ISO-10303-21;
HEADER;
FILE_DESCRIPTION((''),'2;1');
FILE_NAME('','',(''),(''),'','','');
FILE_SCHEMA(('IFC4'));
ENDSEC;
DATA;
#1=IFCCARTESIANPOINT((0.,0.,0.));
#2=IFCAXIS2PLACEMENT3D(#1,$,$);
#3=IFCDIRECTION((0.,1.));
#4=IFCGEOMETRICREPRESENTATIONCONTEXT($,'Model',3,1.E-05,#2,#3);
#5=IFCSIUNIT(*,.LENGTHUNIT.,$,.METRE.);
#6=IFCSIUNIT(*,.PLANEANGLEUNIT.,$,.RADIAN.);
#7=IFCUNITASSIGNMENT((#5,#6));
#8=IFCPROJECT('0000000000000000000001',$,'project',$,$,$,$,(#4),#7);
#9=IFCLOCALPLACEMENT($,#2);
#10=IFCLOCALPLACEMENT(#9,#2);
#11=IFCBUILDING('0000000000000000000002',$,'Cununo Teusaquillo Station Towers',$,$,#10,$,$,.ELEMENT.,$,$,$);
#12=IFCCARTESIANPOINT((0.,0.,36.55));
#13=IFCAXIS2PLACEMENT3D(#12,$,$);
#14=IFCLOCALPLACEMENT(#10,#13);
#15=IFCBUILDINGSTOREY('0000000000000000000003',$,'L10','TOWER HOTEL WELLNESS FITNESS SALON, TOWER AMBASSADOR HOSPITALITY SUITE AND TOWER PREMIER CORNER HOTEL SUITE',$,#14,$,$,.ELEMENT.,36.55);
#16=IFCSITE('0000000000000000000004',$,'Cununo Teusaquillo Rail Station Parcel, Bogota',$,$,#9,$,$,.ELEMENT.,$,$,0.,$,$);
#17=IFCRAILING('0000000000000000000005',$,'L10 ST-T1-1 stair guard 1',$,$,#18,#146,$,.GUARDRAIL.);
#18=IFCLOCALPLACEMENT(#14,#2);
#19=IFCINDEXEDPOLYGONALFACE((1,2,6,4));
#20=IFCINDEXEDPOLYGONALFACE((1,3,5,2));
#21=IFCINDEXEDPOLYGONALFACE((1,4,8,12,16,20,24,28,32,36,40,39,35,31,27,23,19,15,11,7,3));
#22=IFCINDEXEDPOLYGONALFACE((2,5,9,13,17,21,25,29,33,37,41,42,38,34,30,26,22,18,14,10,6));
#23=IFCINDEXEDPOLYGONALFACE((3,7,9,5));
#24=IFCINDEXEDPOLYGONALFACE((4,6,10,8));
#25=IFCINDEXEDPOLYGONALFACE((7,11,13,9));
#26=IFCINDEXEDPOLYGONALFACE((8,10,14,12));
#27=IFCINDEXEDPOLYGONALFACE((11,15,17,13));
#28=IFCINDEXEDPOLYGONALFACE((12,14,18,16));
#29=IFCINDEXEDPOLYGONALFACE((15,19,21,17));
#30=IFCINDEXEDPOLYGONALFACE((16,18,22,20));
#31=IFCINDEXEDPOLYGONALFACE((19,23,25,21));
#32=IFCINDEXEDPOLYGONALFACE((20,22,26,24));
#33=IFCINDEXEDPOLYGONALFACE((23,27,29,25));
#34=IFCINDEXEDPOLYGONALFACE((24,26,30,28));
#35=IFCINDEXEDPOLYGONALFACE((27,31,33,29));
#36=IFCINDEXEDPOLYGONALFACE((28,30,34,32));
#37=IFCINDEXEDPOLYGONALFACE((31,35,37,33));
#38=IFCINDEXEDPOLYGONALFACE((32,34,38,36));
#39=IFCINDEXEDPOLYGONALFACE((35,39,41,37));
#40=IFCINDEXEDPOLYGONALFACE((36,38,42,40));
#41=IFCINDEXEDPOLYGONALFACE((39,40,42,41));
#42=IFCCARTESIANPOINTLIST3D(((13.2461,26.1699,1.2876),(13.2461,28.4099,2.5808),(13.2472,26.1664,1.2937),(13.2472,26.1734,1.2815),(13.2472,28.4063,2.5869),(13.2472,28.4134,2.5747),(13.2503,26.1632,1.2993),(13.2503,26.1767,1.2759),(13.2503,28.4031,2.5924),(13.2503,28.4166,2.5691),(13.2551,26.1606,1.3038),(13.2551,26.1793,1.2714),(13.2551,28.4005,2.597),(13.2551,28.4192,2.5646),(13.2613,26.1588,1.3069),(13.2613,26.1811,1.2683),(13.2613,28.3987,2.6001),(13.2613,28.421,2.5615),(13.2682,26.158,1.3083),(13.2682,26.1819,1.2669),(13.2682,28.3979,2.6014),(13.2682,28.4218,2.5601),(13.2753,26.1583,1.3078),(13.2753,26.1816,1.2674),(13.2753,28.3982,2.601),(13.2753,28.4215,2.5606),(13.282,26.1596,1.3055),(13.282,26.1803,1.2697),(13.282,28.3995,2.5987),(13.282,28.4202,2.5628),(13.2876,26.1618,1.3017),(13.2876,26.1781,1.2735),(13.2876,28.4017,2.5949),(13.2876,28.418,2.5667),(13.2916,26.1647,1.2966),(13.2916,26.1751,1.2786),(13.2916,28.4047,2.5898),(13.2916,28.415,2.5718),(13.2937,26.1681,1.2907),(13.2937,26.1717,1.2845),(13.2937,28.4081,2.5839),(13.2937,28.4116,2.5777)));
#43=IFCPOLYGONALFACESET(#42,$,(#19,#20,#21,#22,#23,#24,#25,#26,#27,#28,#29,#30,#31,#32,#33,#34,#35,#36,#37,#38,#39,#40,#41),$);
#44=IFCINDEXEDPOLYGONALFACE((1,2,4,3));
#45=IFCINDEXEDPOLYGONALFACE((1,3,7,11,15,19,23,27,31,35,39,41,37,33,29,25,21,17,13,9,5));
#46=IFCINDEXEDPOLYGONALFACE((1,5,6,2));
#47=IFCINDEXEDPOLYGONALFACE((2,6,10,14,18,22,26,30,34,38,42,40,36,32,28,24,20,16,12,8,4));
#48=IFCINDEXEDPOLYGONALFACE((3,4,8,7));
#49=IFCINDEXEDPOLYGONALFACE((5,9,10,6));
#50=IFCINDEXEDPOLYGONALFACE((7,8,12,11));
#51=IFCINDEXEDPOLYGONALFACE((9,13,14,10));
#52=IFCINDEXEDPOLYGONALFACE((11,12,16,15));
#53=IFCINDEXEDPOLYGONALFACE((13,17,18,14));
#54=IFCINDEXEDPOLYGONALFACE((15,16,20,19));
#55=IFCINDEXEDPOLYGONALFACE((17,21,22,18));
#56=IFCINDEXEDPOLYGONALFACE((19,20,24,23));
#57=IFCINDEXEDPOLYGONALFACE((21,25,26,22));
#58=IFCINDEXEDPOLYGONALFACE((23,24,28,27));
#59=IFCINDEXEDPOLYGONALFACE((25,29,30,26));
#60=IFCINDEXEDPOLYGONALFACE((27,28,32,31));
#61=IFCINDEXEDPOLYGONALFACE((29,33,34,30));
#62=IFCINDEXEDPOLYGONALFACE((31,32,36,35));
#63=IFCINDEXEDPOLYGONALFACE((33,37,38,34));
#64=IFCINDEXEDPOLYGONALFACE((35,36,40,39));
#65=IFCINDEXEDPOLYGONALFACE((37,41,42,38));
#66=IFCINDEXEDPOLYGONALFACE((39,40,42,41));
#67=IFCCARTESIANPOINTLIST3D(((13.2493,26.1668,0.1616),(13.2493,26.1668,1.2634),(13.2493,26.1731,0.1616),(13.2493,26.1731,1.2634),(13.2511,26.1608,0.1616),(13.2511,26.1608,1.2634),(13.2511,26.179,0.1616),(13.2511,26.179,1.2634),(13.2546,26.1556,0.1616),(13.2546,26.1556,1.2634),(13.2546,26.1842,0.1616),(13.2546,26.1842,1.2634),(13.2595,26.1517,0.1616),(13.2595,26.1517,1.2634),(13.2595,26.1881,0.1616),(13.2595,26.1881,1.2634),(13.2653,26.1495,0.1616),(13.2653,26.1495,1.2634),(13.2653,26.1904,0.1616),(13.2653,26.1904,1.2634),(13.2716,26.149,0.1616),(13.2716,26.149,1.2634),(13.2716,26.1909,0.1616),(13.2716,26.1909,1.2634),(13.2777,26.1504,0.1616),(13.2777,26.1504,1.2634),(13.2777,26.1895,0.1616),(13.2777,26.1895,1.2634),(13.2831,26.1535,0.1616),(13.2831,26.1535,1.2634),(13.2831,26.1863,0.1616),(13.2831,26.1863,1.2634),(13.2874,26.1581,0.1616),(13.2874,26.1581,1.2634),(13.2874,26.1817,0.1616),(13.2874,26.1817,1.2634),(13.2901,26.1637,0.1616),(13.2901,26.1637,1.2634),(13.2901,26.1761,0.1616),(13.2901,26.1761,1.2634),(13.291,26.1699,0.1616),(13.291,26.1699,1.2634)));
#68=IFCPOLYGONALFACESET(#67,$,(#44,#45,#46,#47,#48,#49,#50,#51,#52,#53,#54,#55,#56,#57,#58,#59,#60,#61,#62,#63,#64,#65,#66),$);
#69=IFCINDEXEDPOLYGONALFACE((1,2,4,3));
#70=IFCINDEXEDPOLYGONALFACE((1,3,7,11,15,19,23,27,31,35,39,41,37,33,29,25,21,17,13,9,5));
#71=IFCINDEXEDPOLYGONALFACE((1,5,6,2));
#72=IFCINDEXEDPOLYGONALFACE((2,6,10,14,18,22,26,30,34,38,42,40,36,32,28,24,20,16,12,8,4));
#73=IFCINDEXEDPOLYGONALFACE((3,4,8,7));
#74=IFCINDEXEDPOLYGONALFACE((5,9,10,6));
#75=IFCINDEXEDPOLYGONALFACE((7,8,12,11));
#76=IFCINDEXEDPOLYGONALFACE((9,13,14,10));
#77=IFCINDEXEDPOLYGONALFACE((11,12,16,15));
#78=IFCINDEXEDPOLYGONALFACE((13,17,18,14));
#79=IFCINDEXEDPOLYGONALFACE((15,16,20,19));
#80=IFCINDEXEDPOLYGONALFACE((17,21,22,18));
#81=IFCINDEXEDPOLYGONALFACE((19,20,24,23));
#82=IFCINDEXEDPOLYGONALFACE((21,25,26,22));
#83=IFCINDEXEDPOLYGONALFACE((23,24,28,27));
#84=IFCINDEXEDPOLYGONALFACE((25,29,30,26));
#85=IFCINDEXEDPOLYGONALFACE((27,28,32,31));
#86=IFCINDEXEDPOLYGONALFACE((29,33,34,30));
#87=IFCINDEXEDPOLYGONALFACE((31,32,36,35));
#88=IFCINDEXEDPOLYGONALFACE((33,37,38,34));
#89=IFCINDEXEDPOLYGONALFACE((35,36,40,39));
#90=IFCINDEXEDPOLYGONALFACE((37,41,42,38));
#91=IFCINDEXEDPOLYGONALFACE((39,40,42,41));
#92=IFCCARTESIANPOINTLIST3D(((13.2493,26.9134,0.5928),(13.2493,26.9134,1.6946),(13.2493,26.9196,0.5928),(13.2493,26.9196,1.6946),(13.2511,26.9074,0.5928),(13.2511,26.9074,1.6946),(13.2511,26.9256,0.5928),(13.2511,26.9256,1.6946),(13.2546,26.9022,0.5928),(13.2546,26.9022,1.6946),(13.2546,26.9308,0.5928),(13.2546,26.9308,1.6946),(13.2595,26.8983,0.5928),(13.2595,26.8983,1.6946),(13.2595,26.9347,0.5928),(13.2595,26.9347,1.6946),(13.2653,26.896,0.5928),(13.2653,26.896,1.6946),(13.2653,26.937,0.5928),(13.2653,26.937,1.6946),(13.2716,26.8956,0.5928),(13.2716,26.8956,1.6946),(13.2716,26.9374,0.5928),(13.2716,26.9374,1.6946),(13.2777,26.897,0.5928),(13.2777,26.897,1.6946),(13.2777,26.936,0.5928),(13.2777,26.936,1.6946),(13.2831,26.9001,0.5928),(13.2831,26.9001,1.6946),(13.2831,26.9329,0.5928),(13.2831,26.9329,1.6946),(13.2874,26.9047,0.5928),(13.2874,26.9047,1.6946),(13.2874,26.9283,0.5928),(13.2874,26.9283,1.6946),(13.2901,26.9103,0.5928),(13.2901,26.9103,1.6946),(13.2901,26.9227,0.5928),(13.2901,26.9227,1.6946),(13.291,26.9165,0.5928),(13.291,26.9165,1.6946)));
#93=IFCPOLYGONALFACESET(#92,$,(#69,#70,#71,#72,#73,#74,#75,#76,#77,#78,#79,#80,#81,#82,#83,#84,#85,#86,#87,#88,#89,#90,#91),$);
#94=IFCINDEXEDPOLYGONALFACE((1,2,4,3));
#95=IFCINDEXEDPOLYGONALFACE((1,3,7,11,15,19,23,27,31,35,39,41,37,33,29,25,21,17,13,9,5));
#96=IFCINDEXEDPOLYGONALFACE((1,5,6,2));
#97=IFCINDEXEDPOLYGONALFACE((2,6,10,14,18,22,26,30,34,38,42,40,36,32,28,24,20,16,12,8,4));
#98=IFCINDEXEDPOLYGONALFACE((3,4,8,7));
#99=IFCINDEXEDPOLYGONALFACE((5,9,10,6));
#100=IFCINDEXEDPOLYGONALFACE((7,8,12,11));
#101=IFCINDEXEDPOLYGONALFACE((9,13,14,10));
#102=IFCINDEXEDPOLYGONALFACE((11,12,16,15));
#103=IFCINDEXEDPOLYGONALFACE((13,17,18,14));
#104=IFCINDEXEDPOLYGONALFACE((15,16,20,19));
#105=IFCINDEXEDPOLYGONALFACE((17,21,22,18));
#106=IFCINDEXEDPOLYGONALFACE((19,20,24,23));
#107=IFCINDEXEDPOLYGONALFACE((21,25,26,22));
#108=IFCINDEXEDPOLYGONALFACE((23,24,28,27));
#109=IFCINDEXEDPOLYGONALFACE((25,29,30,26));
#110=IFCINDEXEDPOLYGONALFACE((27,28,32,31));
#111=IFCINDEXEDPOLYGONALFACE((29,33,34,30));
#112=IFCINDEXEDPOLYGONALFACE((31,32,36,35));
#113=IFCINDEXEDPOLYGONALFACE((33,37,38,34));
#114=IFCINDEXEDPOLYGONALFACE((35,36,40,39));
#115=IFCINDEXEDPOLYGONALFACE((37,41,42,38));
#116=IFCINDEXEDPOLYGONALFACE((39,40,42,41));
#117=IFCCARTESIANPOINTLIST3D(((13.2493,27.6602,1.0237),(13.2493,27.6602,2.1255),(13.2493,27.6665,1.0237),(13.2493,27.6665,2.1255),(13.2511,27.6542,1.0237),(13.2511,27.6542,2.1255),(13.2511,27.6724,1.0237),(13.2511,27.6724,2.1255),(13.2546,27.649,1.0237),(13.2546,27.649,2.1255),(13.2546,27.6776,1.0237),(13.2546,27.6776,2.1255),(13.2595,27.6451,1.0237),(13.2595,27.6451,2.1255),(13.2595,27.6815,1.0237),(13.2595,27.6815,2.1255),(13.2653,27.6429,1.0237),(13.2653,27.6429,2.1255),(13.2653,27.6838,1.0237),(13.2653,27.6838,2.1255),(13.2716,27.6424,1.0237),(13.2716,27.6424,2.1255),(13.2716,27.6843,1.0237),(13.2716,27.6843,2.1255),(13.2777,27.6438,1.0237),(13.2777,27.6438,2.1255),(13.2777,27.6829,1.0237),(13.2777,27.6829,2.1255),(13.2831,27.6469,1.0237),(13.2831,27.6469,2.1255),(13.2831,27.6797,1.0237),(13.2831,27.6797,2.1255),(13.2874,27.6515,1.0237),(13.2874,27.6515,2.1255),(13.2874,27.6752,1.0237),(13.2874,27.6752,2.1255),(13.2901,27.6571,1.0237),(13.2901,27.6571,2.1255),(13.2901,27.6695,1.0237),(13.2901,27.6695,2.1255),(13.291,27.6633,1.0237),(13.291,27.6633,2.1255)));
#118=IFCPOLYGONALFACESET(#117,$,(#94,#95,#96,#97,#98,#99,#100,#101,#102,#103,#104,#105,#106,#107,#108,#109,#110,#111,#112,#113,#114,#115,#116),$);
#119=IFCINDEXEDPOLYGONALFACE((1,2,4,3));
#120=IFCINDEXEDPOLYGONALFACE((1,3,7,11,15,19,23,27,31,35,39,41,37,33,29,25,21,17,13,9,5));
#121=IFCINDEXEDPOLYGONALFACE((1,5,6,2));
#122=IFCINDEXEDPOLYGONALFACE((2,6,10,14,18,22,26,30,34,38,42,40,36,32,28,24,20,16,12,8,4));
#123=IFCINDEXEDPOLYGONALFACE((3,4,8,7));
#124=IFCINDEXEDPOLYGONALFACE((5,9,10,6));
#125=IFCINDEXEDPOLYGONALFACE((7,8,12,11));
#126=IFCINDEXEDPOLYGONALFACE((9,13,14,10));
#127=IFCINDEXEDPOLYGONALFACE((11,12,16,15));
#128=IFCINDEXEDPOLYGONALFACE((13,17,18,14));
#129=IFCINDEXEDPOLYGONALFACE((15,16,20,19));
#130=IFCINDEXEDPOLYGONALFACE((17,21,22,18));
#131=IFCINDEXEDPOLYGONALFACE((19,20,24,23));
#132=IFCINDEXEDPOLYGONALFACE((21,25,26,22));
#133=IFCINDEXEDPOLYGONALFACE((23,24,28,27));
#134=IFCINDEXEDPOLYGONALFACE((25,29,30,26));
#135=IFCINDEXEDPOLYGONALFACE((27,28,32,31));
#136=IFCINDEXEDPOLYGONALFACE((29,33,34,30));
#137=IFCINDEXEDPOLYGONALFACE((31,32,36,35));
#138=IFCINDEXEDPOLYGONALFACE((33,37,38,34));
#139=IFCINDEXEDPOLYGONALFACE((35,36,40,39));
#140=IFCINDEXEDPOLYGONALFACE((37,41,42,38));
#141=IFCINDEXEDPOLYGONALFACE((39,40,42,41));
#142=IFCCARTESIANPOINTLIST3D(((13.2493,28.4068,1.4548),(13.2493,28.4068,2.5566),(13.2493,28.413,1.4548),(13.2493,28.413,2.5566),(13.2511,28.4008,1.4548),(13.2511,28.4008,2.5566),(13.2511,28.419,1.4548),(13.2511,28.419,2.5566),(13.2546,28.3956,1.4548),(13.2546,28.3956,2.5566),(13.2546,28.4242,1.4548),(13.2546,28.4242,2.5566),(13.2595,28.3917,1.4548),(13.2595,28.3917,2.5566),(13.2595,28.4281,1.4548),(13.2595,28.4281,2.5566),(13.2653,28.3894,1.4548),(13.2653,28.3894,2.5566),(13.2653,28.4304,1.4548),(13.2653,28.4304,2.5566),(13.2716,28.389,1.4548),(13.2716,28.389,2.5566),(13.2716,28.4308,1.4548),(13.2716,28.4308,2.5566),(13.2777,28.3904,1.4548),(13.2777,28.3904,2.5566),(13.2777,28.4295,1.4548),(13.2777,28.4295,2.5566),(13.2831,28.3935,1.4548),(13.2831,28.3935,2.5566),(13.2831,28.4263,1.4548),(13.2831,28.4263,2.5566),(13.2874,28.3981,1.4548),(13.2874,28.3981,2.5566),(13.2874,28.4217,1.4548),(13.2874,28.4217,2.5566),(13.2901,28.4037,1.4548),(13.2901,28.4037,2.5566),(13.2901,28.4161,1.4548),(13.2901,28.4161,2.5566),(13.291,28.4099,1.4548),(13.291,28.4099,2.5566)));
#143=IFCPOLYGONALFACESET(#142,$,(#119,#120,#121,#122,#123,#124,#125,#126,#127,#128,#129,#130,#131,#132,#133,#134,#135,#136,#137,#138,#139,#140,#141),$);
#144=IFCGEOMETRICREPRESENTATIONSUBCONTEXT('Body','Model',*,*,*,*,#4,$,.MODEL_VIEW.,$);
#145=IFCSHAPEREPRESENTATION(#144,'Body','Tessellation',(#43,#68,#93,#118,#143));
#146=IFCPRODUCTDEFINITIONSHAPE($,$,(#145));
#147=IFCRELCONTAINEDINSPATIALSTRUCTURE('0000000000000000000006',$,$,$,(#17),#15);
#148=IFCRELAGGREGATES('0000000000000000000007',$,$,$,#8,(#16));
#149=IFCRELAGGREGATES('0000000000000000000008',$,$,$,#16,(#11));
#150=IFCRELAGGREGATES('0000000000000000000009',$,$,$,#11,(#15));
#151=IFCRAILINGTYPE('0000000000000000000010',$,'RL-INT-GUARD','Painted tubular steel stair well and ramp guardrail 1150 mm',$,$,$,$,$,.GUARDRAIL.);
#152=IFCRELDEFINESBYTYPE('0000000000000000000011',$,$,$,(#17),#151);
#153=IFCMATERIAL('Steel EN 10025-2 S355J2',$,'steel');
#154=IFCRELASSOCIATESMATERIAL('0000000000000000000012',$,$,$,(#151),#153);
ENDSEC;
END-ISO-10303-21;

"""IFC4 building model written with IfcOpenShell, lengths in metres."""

from ifc_helpers import new_model, si_unit, direction, frame, origin, origin_2d, place, context, subcontext, project, spatial, circle, extrude, material, type_object, element, save


model = new_model("IFC4")

# Units and contexts
model_context = context("Model", 3, precision=1e-05, world=origin(), true_north=direction((0.0, 1.0)))
body_context = subcontext(model_context, "Body", "Model", "MODEL_VIEW")
ifc_project = project(units=[si_unit("LENGTHUNIT", "METRE"), si_unit("PLANEANGLEUNIT", "RADIAN")], contexts=[model_context])

# Site, building, storey
site_placement = place(None, origin())
site = spatial("IfcSite", under=ifc_project, at=site_placement, Name="Cununo Teusaquillo Rail Station Parcel, Bogota", CompositionType="ELEMENT", RefElevation=0.0)
building_placement = place(site_placement, origin())
building = spatial("IfcBuilding", under=site, at=building_placement, Name="Cununo Teusaquillo Station Towers", CompositionType="ELEMENT")
storey_placement = place(building_placement, frame((0.0, 0.0, 36.55)))
storey = spatial("IfcBuildingStorey", under=building, at=storey_placement, Name="L10", Description="TOWER HOTEL WELLNESS FITNESS SALON, TOWER AMBASSADOR HOSPITALITY SUITE AND TOWER PREMIER CORNER HOTEL SUITE", CompositionType="ELEMENT", Elevation=36.55)

# Railing
ifc_material_1 = material(Name="Steel EN 10025-2 S355J2", Category="steel")
railing_type_1 = type_object("IfcRailingType", Name="RL-INT-GUARD", Description="Painted tubular steel stair well and ramp guardrail 1150 mm", PredefinedType="GUARDRAIL", material=ifc_material_1)
railing_1_placement = place(storey_placement, frame((13.27, 26.1699, 0.1616)))
element("IfcRailing", 1, at=railing_1_placement, inside=storey, type_object=railing_type_1, Name="L10 ST-T1-1 stair guard 1", PredefinedType="GUARDRAIL", context=body_context, shape_type="SweptSolid", body=[
    extrude(circle(Radius=0.0239, at=origin_2d()), frame((0.0, 0.0, 1.126), z_axis=(0.0, 0.866033, 0.499987), x_axis=(-1.0, 0.0, 0.0)), (0.0, 0.0, 1.0), 2.5864),
    extrude(circle(Radius=0.021, at=origin_2d()), origin(), (0.0, 0.0, 1.0), 1.1018),
    extrude(circle(Radius=0.021, at=origin_2d()), frame((0.0, 0.7466, 0.4312)), (0.0, 0.0, 1.0), 1.1018),
    extrude(circle(Radius=0.021, at=origin_2d()), frame((0.0, 1.4934, 0.8621)), (0.0, 0.0, 1.0), 1.1018),
    extrude(circle(Radius=0.021, at=origin_2d()), frame((0.0, 2.24, 1.2932)), (0.0, 0.0, 1.0), 1.1018),
])

save(model, "model.ifc")
